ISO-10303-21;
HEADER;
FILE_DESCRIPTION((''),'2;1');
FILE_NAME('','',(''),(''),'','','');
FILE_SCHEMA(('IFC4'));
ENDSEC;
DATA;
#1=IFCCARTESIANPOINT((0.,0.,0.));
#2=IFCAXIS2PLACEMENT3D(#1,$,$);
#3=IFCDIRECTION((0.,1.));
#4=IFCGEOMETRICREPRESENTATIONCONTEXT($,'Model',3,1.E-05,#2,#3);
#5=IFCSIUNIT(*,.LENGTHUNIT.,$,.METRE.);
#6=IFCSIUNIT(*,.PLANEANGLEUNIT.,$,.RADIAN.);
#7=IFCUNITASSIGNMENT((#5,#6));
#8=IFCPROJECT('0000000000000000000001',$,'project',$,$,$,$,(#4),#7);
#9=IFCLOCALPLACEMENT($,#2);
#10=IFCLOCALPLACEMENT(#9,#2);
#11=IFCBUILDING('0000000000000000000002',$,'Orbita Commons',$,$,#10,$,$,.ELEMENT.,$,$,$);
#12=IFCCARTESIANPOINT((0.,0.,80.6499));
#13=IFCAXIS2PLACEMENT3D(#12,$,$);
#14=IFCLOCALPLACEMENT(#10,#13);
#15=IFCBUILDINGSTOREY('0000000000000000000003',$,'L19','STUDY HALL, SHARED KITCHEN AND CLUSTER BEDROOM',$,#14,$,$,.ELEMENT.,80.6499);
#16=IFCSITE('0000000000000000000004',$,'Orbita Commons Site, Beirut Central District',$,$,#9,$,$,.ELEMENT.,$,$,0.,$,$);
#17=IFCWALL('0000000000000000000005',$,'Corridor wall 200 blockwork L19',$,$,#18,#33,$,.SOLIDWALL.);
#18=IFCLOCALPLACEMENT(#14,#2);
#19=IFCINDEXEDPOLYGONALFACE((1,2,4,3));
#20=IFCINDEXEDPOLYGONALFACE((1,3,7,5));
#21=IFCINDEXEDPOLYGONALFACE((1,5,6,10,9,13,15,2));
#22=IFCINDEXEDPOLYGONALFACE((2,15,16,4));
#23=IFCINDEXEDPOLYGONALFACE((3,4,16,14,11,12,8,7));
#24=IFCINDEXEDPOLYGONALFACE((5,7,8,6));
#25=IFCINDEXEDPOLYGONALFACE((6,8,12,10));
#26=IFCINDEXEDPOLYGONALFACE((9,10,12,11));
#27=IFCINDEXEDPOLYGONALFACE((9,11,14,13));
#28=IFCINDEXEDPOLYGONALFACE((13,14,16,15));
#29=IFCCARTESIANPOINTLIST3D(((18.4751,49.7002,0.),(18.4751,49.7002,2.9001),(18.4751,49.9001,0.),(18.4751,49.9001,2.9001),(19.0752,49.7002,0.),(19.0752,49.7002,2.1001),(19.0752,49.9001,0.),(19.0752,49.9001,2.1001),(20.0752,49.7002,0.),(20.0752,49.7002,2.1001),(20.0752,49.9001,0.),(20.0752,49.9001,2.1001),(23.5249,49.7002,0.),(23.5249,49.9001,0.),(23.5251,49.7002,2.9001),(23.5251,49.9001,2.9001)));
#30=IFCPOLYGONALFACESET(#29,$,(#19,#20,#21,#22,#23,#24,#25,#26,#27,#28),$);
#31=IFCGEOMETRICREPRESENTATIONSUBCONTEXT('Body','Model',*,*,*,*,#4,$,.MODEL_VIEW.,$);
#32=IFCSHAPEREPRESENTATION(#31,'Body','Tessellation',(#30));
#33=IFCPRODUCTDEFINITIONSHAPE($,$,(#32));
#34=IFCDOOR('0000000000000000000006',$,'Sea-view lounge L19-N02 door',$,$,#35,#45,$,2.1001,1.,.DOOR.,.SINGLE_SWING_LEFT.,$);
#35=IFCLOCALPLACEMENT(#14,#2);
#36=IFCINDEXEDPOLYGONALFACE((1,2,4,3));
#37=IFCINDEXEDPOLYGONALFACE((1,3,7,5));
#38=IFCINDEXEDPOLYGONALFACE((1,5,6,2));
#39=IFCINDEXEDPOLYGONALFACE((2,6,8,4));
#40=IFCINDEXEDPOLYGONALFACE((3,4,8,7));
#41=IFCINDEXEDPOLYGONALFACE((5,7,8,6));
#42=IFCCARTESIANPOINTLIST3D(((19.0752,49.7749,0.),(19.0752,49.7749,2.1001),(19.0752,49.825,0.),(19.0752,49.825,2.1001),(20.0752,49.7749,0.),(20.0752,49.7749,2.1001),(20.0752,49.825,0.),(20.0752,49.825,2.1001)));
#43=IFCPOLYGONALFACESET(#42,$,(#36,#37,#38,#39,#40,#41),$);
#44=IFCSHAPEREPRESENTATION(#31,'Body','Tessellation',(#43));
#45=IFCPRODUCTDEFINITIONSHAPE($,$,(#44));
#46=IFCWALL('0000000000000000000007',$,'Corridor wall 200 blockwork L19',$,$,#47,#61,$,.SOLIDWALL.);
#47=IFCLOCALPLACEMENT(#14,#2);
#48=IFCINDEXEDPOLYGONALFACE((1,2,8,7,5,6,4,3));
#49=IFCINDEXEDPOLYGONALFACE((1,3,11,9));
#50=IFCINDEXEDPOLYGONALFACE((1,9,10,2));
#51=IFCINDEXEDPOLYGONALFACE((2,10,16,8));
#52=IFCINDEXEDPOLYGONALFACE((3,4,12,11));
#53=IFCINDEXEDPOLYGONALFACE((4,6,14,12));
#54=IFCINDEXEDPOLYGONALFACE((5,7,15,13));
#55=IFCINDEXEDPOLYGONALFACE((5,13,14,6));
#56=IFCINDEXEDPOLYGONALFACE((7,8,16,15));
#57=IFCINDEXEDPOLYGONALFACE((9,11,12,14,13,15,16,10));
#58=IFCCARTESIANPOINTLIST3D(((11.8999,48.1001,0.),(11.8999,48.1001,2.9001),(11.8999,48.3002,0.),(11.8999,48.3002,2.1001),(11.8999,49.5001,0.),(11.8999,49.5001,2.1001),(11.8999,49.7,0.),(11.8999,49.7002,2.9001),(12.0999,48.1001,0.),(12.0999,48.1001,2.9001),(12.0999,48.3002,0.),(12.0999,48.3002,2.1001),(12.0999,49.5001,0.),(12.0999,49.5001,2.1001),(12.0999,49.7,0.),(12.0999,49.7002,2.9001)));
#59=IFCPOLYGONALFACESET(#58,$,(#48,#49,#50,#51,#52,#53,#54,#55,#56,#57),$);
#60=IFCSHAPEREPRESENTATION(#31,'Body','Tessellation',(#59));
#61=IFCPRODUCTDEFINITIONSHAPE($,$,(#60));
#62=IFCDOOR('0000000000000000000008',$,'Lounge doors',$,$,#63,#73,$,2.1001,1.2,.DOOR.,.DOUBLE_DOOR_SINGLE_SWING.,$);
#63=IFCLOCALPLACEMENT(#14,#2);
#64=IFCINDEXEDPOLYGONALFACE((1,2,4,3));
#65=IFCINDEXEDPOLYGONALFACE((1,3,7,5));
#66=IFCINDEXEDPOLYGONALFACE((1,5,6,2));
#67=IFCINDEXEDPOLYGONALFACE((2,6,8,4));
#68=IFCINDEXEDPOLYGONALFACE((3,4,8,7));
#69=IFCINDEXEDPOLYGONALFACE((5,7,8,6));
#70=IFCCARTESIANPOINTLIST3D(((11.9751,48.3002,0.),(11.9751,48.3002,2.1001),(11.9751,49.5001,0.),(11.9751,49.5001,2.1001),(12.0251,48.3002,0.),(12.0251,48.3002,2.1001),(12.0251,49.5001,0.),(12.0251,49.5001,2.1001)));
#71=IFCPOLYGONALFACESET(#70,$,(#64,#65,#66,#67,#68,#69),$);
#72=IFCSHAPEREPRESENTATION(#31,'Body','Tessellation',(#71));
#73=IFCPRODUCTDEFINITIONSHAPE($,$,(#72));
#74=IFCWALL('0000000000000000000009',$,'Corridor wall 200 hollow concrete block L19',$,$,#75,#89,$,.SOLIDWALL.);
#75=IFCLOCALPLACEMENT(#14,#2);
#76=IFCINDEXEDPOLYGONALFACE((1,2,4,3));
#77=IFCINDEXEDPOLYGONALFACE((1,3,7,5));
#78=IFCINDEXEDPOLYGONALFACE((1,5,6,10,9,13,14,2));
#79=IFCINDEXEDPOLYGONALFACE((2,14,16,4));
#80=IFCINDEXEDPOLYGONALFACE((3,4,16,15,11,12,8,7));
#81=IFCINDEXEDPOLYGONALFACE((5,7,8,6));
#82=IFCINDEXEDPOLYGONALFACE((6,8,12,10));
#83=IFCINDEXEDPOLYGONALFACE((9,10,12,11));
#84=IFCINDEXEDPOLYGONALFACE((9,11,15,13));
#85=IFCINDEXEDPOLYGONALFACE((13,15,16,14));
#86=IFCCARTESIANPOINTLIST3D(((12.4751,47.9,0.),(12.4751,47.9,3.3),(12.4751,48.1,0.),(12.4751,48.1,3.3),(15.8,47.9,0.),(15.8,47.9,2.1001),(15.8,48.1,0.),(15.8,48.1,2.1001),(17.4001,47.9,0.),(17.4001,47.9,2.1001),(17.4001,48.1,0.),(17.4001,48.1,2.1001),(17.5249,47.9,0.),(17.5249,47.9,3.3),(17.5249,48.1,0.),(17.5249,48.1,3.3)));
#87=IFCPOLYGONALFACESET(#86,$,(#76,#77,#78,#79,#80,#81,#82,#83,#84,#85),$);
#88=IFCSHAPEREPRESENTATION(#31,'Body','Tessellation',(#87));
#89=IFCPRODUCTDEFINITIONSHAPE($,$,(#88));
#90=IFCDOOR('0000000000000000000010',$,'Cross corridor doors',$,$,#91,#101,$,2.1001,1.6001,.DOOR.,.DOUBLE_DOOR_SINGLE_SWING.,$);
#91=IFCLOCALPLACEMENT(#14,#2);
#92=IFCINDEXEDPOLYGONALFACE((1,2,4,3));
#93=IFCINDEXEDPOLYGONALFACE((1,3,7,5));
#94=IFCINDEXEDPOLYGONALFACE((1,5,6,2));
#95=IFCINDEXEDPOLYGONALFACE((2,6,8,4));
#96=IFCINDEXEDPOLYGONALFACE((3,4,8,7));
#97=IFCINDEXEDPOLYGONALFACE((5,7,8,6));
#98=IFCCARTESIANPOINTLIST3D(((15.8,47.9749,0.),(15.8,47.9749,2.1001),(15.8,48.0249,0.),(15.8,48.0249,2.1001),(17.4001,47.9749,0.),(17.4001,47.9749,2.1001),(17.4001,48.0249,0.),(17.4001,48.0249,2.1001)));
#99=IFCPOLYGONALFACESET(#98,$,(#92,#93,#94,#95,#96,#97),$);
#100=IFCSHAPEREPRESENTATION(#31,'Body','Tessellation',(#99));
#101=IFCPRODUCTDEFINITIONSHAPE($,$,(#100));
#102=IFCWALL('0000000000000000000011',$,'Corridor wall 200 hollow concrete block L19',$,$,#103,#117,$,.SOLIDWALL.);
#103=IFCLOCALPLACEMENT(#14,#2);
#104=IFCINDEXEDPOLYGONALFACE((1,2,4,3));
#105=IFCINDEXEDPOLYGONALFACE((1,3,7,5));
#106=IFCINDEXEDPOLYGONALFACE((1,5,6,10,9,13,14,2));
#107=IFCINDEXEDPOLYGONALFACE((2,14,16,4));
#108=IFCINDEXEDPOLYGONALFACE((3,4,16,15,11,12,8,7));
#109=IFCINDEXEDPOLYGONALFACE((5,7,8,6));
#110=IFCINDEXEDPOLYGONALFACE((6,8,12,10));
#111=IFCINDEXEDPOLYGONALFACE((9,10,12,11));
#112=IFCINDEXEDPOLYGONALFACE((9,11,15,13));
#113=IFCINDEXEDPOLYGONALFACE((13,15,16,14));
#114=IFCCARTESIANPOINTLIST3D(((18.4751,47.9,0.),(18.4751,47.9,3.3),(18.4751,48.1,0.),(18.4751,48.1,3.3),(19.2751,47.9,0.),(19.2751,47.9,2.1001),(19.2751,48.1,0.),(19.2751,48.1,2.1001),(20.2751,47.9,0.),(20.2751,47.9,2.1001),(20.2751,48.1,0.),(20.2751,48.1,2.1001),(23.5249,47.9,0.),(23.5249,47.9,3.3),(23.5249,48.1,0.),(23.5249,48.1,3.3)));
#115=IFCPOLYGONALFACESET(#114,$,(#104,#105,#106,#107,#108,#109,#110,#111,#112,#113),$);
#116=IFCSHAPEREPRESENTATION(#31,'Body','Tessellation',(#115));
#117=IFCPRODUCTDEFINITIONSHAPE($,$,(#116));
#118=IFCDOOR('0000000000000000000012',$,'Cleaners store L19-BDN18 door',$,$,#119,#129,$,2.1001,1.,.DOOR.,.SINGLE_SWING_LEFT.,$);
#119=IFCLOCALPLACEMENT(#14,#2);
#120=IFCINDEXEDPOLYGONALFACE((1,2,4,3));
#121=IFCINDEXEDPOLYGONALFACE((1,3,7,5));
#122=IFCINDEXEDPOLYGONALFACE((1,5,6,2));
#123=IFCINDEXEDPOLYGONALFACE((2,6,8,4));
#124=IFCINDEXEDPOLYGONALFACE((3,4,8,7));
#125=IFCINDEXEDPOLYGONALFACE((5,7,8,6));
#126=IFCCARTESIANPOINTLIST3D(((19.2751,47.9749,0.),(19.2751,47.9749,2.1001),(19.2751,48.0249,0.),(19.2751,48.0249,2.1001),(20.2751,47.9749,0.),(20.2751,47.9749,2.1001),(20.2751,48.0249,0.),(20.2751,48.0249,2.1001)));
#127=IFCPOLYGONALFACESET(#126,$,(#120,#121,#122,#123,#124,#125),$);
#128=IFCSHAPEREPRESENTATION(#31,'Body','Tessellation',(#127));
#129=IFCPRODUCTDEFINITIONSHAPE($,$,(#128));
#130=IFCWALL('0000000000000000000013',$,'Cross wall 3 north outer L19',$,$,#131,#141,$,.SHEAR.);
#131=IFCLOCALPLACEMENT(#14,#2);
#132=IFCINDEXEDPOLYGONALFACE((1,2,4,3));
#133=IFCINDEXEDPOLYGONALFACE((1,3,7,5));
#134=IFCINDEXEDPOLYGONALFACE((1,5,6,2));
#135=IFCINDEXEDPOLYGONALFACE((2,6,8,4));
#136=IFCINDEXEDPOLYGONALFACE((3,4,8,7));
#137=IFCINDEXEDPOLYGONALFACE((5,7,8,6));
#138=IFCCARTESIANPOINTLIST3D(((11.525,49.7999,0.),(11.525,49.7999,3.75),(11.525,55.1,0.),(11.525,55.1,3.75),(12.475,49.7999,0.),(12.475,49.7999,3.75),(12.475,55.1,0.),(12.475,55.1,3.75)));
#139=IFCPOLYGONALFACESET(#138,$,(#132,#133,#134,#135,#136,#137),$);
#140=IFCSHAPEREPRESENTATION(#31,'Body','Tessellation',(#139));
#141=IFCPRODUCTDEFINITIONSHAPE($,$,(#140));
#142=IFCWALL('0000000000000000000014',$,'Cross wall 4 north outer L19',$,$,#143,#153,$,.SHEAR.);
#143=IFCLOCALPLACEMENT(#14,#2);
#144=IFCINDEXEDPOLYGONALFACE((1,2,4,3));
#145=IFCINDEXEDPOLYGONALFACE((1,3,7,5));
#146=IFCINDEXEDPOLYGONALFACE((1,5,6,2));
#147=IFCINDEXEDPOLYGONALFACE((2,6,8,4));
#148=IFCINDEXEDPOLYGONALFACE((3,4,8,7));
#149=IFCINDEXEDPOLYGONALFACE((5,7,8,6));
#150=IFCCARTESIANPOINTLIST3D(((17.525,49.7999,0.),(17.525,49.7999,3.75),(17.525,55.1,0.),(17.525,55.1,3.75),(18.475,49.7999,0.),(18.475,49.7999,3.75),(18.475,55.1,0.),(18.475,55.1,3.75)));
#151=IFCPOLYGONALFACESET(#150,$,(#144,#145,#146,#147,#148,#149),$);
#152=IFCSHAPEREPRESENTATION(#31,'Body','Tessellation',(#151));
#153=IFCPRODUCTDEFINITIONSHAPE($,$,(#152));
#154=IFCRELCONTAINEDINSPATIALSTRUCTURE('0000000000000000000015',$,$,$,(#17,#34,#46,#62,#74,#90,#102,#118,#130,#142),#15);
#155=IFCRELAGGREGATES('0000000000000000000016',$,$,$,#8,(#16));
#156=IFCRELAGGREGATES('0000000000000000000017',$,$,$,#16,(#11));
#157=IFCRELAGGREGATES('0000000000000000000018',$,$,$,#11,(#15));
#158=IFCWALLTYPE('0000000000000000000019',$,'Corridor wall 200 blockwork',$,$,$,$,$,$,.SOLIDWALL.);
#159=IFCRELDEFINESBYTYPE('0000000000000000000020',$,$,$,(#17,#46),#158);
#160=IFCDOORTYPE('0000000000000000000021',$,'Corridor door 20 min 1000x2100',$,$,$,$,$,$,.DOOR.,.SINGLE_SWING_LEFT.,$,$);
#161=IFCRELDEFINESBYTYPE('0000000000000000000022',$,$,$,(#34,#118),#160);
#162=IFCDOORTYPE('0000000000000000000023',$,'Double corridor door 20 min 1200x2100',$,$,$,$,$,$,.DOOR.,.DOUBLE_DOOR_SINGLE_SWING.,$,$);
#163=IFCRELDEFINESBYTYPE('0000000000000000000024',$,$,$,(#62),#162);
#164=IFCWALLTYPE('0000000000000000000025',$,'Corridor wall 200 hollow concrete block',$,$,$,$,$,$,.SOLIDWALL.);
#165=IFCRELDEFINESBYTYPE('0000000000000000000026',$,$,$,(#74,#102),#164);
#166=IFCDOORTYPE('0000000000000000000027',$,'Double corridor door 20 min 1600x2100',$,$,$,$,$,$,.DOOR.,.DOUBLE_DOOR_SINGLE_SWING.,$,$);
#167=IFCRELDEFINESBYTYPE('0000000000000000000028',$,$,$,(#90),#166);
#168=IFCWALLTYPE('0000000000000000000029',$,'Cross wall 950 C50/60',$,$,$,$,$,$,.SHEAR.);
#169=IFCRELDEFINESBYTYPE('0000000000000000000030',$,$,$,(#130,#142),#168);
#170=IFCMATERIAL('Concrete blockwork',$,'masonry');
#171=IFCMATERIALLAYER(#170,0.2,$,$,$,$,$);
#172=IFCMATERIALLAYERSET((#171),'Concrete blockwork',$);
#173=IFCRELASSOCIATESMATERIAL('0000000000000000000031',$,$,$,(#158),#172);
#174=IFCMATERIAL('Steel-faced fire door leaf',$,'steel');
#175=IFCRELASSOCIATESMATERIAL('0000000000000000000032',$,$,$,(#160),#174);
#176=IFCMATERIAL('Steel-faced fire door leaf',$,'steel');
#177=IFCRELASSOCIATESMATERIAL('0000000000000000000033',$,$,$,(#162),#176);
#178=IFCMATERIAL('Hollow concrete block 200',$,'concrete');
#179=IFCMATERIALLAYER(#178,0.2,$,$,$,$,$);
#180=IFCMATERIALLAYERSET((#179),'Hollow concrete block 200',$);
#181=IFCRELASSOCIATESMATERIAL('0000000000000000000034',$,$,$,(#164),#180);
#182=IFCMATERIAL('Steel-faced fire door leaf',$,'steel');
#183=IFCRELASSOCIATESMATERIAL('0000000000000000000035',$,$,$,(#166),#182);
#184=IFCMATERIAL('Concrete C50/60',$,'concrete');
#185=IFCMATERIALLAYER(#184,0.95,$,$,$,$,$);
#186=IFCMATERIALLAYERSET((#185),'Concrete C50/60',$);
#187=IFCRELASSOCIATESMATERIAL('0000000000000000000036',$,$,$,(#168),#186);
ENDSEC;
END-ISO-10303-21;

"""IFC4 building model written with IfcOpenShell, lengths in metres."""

from ifc_helpers import new_model, si_unit, direction, frame, frame_2d, origin, place, context, subcontext, project, spatial, polyline, rectangle, outline, extrude, material, layer, layer_set, type_object, element, fill, save


model = new_model("IFC4")

# Units and contexts
model_context = context("Model", 3, precision=1e-05, world=origin(), true_north=direction((0.0, 1.0)))
body_context = subcontext(model_context, "Body", "Model", "MODEL_VIEW")
ifc_project = project(units=[si_unit("LENGTHUNIT", "METRE"), si_unit("PLANEANGLEUNIT", "RADIAN")], contexts=[model_context])

# Site, building, storey
site_placement = place(None, origin())
site = spatial("IfcSite", under=ifc_project, at=site_placement, Name="Orbita Commons Site, Beirut Central District", CompositionType="ELEMENT", RefElevation=0.0)
building_placement = place(site_placement, origin())
building = spatial("IfcBuilding", under=site, at=building_placement, Name="Orbita Commons", CompositionType="ELEMENT")
storey_placement = place(building_placement, frame((0.0, 0.0, 80.6499)))
storey = spatial("IfcBuildingStorey", under=building, at=storey_placement, Name="L19", Description="STUDY HALL, SHARED KITCHEN AND CLUSTER BEDROOM", CompositionType="ELEMENT", Elevation=80.6499)

# Shared definitions
ifc_material_1 = material(Name="Concrete blockwork", Category="masonry")
ifc_layer_1 = layer(ifc_material_1, 0.2)
ifc_layer_set_1 = layer_set([ifc_layer_1], Name="Concrete blockwork")
wall_type_1 = type_object("IfcWallType", Name="Corridor wall 200 blockwork", PredefinedType="SOLIDWALL", material=ifc_layer_set_1)

# Walls, openings, doors
wall_1_placement = place(storey_placement, frame((18.4751, 49.8, 0.0), z_axis=(0.0, 0.0, 1.0), x_axis=(1.0, 0.0, 0.0)))
wall_1 = element("IfcWall", 1, at=wall_1_placement, inside=storey, type_object=wall_type_1, Name="Corridor wall 200 blockwork L19", PredefinedType="SOLIDWALL", context=body_context, shape_type="SweptSolid", body=[
    extrude(outline(polyline([(0.0, 0.0), (5.0498, 0.0), (5.05, 2.9001), (0.0, 2.9001), (0.0, 0.0)])), frame((0.0, 0.1001, 0.0), z_axis=(0.0, -1.0, 0.0), x_axis=(1.0, 0.0, 0.0)), (0.0, 0.0, 1.0), 0.2),
])
opening_1_placement = place(wall_1_placement, frame((0.6001, 0.0, 0.0)))
opening_1 = element("IfcOpeningElement", 2, at=opening_1_placement, cuts=wall_1, PredefinedType="OPENING", context=body_context, shape_type="SweptSolid", body=[
    extrude(rectangle(XDim=1.0, YDim=2.1001, at=frame_2d((0.5, 1.05))), frame((0.0, 0.1099, 0.0), z_axis=(0.0, -1.0, 0.0), x_axis=(1.0, 0.0, 0.0)), (0.0, 0.0, 1.0), 0.22),
])
ifc_material_2 = material(Name="Steel-faced fire door leaf", Category="steel")
door_type_1 = type_object("IfcDoorType", Name="Corridor door 20 min 1000x2100", OperationType="SINGLE_SWING_LEFT", PredefinedType="DOOR", material=ifc_material_2)
door_1_placement = place(opening_1_placement, origin())
door_1 = element("IfcDoor", 3, at=door_1_placement, inside=storey, type_object=door_type_1, Name="Sea-view lounge L19-N02 door", OperationType="SINGLE_SWING_LEFT", OverallHeight=2.1001, OverallWidth=1.0, PredefinedType="DOOR", context=body_context, shape_type="SweptSolid", body=[
    extrude(rectangle(XDim=1.0, YDim=2.1001, at=frame_2d((0.5, 1.05))), frame((0.0, 0.0249, 0.0), z_axis=(0.0, -1.0, 0.0), x_axis=(1.0, 0.0, 0.0)), (0.0, 0.0, 1.0), 0.05),
])
fill(opening_1, door_1)
wall_2_placement = place(storey_placement, frame((12.0, 48.1001, 0.0), z_axis=(0.0, 0.0, 1.0), x_axis=(0.0, 1.0, 0.0)))
wall_2 = element("IfcWall", 4, at=wall_2_placement, inside=storey, type_object=wall_type_1, Name="Corridor wall 200 blockwork L19", PredefinedType="SOLIDWALL", context=body_context, shape_type="SweptSolid", body=[
    extrude(outline(polyline([(0.0, 0.0), (1.5999, 0.0), (1.6001, 2.9001), (0.0, 2.9001), (0.0, 0.0)])), frame((0.0, 0.1001, 0.0), z_axis=(0.0, -1.0, 0.0), x_axis=(1.0, 0.0, 0.0)), (0.0, 0.0, 1.0), 0.2),
])
opening_2_placement = place(wall_2_placement, frame((0.2, 0.0, 0.0)))
opening_2 = element("IfcOpeningElement", 5, at=opening_2_placement, cuts=wall_2, PredefinedType="OPENING", context=body_context, shape_type="SweptSolid", body=[
    extrude(rectangle(XDim=1.2, YDim=2.1001, at=frame_2d((0.6001, 1.05))), frame((0.0, 0.1099, 0.0), z_axis=(0.0, -1.0, 0.0), x_axis=(1.0, 0.0, 0.0)), (0.0, 0.0, 1.0), 0.22),
])
ifc_material_3 = material(Name="Steel-faced fire door leaf", Category="steel")
door_type_2 = type_object("IfcDoorType", Name="Double corridor door 20 min 1200x2100", OperationType="DOUBLE_DOOR_SINGLE_SWING", PredefinedType="DOOR", material=ifc_material_3)
door_2_placement = place(opening_2_placement, origin())
door_2 = element("IfcDoor", 6, at=door_2_placement, inside=storey, type_object=door_type_2, Name="Lounge doors", OperationType="DOUBLE_DOOR_SINGLE_SWING", OverallHeight=2.1001, OverallWidth=1.2, PredefinedType="DOOR", context=body_context, shape_type="SweptSolid", body=[
    extrude(rectangle(XDim=1.2, YDim=2.1001, at=frame_2d((0.6001, 1.05))), frame((0.0, 0.0249, 0.0), z_axis=(0.0, -1.0, 0.0), x_axis=(1.0, 0.0, 0.0)), (0.0, 0.0, 1.0), 0.05),
])
fill(opening_2, door_2)
ifc_material_4 = material(Name="Hollow concrete block 200", Category="concrete")
ifc_layer_2 = layer(ifc_material_4, 0.2)
ifc_layer_set_2 = layer_set([ifc_layer_2], Name="Hollow concrete block 200")
wall_type_2 = type_object("IfcWallType", Name="Corridor wall 200 hollow concrete block", PredefinedType="SOLIDWALL", material=ifc_layer_set_2)
wall_3_placement = place(storey_placement, frame((12.4751, 48.0, 0.0), z_axis=(0.0, 0.0, 1.0), x_axis=(1.0, 0.0, 0.0)))
wall_3 = element("IfcWall", 7, at=wall_3_placement, inside=storey, type_object=wall_type_2, Name="Corridor wall 200 hollow concrete block L19", PredefinedType="SOLIDWALL", context=body_context, shape_type="SweptSolid", body=[
    extrude(rectangle(XDim=5.0498, YDim=0.2, at=frame_2d((2.5249, 0.0))), origin(), (0.0, 0.0, 1.0), 3.3),
])
opening_3_placement = place(wall_3_placement, frame((3.325, 0.0, 0.0)))
opening_3 = element("IfcOpeningElement", 8, at=opening_3_placement, cuts=wall_3, PredefinedType="OPENING", context=body_context, shape_type="SweptSolid", body=[
    extrude(rectangle(XDim=1.6001, YDim=2.1001, at=frame_2d((0.8, 1.05))), frame((0.0, 0.1099, 0.0), z_axis=(0.0, -1.0, 0.0), x_axis=(1.0, 0.0, 0.0)), (0.0, 0.0, 1.0), 0.22),
])
ifc_material_5 = material(Name="Steel-faced fire door leaf", Category="steel")
door_type_3 = type_object("IfcDoorType", Name="Double corridor door 20 min 1600x2100", OperationType="DOUBLE_DOOR_SINGLE_SWING", PredefinedType="DOOR", material=ifc_material_5)
door_3_placement = place(opening_3_placement, origin())
door_3 = element("IfcDoor", 9, at=door_3_placement, inside=storey, type_object=door_type_3, Name="Cross corridor doors", OperationType="DOUBLE_DOOR_SINGLE_SWING", OverallHeight=2.1001, OverallWidth=1.6001, PredefinedType="DOOR", context=body_context, shape_type="SweptSolid", body=[
    extrude(rectangle(XDim=1.6001, YDim=2.1001, at=frame_2d((0.8, 1.05))), frame((0.0, 0.0249, 0.0), z_axis=(0.0, -1.0, 0.0), x_axis=(1.0, 0.0, 0.0)), (0.0, 0.0, 1.0), 0.05),
])
fill(opening_3, door_3)
wall_4_placement = place(storey_placement, frame((18.4751, 48.0, 0.0), z_axis=(0.0, 0.0, 1.0), x_axis=(1.0, 0.0, 0.0)))
wall_4 = element("IfcWall", 10, at=wall_4_placement, inside=storey, type_object=wall_type_2, Name="Corridor wall 200 hollow concrete block L19", PredefinedType="SOLIDWALL", context=body_context, shape_type="SweptSolid", body=[
    extrude(rectangle(XDim=5.0498, YDim=0.2, at=frame_2d((2.5249, 0.0))), origin(), (0.0, 0.0, 1.0), 3.3),
])
opening_4_placement = place(wall_4_placement, frame((0.8, 0.0, 0.0)))
opening_4 = element("IfcOpeningElement", 11, at=opening_4_placement, cuts=wall_4, PredefinedType="OPENING", context=body_context, shape_type="SweptSolid", body=[
    extrude(rectangle(XDim=1.0, YDim=2.1001, at=frame_2d((0.5, 1.05))), frame((0.0, 0.1099, 0.0), z_axis=(0.0, -1.0, 0.0), x_axis=(1.0, 0.0, 0.0)), (0.0, 0.0, 1.0), 0.22),
])
door_4_placement = place(opening_4_placement, origin())
door_4 = element("IfcDoor", 12, at=door_4_placement, inside=storey, type_object=door_type_1, Name="Cleaners store L19-BDN18 door", OperationType="SINGLE_SWING_LEFT", OverallHeight=2.1001, OverallWidth=1.0, PredefinedType="DOOR", context=body_context, shape_type="SweptSolid", body=[
    extrude(rectangle(XDim=1.0, YDim=2.1001, at=frame_2d((0.5, 1.05))), frame((0.0, 0.0249, 0.0), z_axis=(0.0, -1.0, 0.0), x_axis=(1.0, 0.0, 0.0)), (0.0, 0.0, 1.0), 0.05),
])
fill(opening_4, door_4)

# Walls
ifc_material_6 = material(Name="Concrete C50/60", Category="concrete")
ifc_layer_3 = layer(ifc_material_6, 0.95)
ifc_layer_set_3 = layer_set([ifc_layer_3], Name="Concrete C50/60")
wall_type_3 = type_object("IfcWallType", Name="Cross wall 950 C50/60", PredefinedType="SHEAR", material=ifc_layer_set_3)
for number, where, z_axis, x_axis, name in (
    (13, (12.0, 49.8, 0.0), (0.0, 0.0, 1.0), (0.0, 1.0, 0.0), "Cross wall 3 north outer L19"),
    (14, (18.0, 49.8, 0.0), (0.0, 0.0, 1.0), (0.0, 1.0, 0.0), "Cross wall 4 north outer L19"),
):
    element("IfcWall", number, at=place(storey_placement, frame(where, z_axis=z_axis, x_axis=x_axis)), inside=storey, type_object=wall_type_3, Name=name, PredefinedType="SHEAR", context=body_context, shape_type="SweptSolid", body=[
        extrude(rectangle(XDim=5.3, YDim=0.95, at=frame_2d((2.6499, 0.0))), origin(), (0.0, 0.0, 1.0), 3.75),
    ])

save(model, "model.ifc")
